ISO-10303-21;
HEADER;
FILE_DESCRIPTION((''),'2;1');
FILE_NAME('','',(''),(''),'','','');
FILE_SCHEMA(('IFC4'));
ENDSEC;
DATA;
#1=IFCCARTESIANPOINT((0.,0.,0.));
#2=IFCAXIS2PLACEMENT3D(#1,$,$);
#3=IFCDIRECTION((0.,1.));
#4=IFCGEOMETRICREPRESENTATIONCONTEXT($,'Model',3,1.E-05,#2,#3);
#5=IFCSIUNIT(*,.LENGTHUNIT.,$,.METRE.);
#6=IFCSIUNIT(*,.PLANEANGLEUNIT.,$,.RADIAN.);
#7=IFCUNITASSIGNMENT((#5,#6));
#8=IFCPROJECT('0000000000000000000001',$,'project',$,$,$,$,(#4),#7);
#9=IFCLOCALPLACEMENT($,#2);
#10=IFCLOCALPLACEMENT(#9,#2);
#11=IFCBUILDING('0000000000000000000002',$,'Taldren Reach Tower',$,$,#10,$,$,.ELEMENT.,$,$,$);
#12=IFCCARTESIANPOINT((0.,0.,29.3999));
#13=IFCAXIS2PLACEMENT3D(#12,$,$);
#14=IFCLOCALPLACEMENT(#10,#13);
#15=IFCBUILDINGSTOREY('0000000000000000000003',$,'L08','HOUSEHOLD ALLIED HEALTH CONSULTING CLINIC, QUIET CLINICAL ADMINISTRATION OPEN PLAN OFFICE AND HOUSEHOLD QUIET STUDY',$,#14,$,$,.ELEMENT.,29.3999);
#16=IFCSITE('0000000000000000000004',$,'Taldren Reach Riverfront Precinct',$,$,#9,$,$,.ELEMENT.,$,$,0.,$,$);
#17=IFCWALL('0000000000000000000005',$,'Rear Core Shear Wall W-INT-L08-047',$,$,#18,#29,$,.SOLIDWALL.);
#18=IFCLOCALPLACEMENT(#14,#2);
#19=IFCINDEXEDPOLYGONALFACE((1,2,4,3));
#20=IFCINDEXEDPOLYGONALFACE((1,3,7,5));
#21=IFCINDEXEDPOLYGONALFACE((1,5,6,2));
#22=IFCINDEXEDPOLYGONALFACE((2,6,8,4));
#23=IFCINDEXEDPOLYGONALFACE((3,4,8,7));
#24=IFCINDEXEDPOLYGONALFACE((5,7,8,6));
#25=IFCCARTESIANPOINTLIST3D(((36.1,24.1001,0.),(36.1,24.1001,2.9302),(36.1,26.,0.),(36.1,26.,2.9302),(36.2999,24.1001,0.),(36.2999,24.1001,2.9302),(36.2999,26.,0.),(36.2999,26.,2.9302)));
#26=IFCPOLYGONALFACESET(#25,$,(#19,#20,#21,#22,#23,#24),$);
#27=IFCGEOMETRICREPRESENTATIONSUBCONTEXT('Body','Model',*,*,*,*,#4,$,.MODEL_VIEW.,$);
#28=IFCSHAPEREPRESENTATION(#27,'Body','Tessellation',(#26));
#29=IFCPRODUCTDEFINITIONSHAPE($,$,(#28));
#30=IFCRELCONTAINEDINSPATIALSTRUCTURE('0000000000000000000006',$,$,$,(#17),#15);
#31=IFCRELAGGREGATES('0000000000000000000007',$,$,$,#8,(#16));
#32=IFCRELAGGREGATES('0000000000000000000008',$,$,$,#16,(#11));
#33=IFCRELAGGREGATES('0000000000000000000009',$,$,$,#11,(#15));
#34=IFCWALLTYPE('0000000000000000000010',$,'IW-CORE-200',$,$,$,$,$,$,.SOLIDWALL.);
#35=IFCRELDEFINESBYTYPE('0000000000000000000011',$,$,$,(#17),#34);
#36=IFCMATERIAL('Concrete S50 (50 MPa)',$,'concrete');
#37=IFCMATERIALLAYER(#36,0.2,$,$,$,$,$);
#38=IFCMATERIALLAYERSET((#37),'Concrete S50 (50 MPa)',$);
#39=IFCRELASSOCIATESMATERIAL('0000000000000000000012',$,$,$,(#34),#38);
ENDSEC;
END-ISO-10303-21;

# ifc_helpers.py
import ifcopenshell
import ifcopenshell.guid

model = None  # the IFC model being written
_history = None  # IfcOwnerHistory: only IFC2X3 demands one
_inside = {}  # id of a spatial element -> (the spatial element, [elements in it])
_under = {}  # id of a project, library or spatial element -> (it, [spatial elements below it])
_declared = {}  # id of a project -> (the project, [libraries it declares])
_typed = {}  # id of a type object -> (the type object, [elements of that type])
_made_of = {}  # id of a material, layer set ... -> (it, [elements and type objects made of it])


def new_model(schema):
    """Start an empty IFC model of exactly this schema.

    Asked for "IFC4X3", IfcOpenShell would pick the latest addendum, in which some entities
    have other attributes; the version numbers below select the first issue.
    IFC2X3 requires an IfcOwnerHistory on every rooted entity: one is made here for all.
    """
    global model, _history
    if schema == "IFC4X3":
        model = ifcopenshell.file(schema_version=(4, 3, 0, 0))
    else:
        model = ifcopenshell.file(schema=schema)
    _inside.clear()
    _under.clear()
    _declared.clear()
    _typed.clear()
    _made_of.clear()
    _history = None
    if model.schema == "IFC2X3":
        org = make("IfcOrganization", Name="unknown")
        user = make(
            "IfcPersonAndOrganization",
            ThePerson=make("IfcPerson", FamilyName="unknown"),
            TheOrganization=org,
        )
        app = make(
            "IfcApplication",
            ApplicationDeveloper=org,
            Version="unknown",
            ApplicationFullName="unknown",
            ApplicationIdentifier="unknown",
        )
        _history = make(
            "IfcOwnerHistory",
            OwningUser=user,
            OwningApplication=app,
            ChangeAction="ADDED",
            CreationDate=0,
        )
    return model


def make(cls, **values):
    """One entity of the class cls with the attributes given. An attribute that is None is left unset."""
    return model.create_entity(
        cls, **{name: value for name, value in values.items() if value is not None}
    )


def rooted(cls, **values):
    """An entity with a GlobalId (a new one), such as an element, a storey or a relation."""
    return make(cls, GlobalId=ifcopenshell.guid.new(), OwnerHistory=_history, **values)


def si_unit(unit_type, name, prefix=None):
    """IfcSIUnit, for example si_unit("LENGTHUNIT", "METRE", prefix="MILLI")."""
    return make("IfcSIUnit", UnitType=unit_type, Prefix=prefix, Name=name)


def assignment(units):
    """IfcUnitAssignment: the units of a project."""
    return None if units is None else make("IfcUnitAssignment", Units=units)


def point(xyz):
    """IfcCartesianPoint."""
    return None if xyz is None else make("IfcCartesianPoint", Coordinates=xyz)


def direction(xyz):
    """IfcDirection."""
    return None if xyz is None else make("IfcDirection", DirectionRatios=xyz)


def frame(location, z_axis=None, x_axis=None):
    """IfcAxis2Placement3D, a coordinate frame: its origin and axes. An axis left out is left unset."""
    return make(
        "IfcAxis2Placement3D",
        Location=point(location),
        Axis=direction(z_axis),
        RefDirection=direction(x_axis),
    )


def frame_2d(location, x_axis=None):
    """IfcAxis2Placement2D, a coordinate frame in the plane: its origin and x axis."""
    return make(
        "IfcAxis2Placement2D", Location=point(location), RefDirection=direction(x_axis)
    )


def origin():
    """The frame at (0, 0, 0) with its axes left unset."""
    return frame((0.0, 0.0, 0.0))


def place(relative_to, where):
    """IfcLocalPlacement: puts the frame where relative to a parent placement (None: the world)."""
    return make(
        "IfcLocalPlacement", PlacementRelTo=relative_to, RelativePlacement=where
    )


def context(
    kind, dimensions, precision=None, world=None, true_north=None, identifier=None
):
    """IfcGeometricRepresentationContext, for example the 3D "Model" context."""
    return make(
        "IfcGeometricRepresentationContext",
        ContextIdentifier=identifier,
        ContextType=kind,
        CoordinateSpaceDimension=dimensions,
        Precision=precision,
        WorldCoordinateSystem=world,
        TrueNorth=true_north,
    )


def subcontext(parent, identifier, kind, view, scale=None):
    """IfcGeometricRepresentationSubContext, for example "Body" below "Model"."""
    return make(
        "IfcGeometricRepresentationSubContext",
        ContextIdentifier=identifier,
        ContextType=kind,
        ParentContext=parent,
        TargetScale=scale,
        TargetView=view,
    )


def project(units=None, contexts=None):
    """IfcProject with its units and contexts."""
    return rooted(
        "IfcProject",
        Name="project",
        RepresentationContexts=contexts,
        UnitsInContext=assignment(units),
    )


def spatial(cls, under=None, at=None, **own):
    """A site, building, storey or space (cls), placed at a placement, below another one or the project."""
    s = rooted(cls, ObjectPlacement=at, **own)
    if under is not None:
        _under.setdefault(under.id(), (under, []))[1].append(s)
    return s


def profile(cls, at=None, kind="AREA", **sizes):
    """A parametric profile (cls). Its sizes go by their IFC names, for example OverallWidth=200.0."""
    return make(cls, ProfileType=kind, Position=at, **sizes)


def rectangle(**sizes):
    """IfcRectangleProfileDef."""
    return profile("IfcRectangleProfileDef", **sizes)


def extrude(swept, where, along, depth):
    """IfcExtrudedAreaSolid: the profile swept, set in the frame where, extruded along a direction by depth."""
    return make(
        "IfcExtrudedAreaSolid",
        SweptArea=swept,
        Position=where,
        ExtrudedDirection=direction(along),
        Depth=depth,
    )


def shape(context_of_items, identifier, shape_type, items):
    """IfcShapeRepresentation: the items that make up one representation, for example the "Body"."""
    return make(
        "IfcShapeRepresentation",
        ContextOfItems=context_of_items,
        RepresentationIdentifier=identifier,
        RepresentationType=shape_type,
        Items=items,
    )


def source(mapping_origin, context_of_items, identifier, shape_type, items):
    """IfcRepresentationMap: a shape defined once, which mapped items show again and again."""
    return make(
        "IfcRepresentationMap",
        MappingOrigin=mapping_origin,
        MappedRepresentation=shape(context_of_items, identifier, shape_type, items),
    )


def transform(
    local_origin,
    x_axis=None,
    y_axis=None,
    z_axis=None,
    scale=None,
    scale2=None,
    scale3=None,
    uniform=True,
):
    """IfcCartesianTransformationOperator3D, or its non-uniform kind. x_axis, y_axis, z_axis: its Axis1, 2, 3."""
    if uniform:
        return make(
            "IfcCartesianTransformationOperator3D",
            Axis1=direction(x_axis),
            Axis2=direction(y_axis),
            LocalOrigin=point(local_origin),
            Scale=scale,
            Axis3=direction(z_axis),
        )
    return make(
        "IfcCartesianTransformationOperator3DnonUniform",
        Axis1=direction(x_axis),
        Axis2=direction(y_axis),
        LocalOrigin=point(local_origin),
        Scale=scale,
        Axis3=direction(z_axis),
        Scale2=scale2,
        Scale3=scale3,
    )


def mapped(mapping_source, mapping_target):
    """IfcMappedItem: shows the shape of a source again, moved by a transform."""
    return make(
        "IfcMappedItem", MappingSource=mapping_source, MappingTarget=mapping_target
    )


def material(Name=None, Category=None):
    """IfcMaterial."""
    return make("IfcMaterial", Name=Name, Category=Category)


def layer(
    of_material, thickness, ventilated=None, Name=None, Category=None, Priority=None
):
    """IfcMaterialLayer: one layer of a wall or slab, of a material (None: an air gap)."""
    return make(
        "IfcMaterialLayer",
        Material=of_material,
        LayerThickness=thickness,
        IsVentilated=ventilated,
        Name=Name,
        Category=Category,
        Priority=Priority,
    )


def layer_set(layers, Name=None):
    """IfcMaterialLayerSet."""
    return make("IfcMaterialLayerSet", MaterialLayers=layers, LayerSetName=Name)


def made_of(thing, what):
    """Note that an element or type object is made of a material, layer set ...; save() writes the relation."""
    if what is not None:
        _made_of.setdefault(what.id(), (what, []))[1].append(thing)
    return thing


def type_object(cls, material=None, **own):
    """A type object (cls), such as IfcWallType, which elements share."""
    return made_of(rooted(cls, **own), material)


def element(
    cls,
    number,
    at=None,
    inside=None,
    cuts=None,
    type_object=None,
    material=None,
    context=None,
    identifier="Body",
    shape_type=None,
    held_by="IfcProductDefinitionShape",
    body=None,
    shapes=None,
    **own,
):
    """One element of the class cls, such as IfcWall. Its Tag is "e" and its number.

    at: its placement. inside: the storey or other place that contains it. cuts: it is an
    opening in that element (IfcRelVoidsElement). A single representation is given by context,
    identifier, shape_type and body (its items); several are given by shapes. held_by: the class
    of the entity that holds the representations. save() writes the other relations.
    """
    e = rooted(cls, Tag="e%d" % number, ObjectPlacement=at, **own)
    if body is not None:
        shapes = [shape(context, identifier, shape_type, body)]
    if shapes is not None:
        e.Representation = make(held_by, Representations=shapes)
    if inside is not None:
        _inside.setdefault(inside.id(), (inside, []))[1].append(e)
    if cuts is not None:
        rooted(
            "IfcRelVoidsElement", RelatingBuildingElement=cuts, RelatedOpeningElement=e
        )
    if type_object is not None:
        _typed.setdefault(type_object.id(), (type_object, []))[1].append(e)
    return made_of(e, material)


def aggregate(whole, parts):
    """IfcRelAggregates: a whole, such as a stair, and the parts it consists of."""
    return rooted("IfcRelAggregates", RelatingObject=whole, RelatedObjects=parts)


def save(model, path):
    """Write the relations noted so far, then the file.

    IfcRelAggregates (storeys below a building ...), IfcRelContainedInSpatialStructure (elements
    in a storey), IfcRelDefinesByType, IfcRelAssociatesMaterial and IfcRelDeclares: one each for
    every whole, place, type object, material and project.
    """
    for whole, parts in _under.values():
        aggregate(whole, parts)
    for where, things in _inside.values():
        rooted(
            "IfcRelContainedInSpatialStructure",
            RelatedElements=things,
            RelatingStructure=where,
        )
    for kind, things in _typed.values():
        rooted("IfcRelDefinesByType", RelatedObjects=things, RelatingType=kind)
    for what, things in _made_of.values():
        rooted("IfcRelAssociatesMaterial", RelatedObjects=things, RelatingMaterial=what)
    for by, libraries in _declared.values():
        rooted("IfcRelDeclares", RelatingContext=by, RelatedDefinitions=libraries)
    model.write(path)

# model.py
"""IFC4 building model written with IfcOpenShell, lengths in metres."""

from ifc_helpers import new_model, si_unit, direction, frame, frame_2d, origin, place, context, subcontext, project, spatial, rectangle, extrude, source, transform, mapped, material, layer, layer_set, type_object, element, save


model = new_model("IFC4")

# Units and contexts
model_context = context("Model", 3, precision=1e-05, world=origin(), true_north=direction((0.0, 1.0)))
body_context = subcontext(model_context, "Body", "Model", "MODEL_VIEW")
ifc_project = project(units=[si_unit("LENGTHUNIT", "METRE"), si_unit("PLANEANGLEUNIT", "RADIAN")], contexts=[model_context])

# Site, building, storey
site_placement = place(None, origin())
site = spatial("IfcSite", under=ifc_project, at=site_placement, Name="Taldren Reach Riverfront Precinct", CompositionType="ELEMENT", RefElevation=0.0)
building_placement = place(site_placement, origin())
building = spatial("IfcBuilding", under=site, at=building_placement, Name="Taldren Reach Tower", CompositionType="ELEMENT")
storey_placement = place(building_placement, frame((0.0, 0.0, 29.3999)))
storey = spatial("IfcBuildingStorey", under=building, at=storey_placement, Name="L08", Description="HOUSEHOLD ALLIED HEALTH CONSULTING CLINIC, QUIET CLINICAL ADMINISTRATION OPEN PLAN OFFICE AND HOUSEHOLD QUIET STUDY", CompositionType="ELEMENT", Elevation=29.3999)

# Shared definitions
ifc_material_1 = material(Name="Concrete S50 (50 MPa)", Category="concrete")
ifc_layer_1 = layer(ifc_material_1, 0.2)
ifc_layer_set_1 = layer_set([ifc_layer_1], Name="Concrete S50 (50 MPa)")
wall_type_1 = type_object("IfcWallType", Name="IW-CORE-200", PredefinedType="SOLIDWALL", material=ifc_layer_set_1)

# Wall
shared_shape_1 = source(origin(), body_context, "Body", "SweptSolid", [
    extrude(rectangle(XDim=1.8999, YDim=0.2, at=frame_2d((0.95, 0.0))), origin(), (0.0, 0.0, 1.0), 2.9302),
])
wall_1_placement = place(storey_placement, frame((36.2, 26.0, 0.0), z_axis=(0.0, 0.0, 1.0), x_axis=(0.0, -1.0, 0.0)))
element("IfcWall", 1, at=wall_1_placement, inside=storey, type_object=wall_type_1, Name="Rear Core Shear Wall W-INT-L08-047", PredefinedType="SOLIDWALL", context=body_context, shape_type="MappedRepresentation", body=[
    mapped(shared_shape_1, transform((0.0, 0.0, 0.0), scale=1.0)),
])

save(model, "model.ifc")
